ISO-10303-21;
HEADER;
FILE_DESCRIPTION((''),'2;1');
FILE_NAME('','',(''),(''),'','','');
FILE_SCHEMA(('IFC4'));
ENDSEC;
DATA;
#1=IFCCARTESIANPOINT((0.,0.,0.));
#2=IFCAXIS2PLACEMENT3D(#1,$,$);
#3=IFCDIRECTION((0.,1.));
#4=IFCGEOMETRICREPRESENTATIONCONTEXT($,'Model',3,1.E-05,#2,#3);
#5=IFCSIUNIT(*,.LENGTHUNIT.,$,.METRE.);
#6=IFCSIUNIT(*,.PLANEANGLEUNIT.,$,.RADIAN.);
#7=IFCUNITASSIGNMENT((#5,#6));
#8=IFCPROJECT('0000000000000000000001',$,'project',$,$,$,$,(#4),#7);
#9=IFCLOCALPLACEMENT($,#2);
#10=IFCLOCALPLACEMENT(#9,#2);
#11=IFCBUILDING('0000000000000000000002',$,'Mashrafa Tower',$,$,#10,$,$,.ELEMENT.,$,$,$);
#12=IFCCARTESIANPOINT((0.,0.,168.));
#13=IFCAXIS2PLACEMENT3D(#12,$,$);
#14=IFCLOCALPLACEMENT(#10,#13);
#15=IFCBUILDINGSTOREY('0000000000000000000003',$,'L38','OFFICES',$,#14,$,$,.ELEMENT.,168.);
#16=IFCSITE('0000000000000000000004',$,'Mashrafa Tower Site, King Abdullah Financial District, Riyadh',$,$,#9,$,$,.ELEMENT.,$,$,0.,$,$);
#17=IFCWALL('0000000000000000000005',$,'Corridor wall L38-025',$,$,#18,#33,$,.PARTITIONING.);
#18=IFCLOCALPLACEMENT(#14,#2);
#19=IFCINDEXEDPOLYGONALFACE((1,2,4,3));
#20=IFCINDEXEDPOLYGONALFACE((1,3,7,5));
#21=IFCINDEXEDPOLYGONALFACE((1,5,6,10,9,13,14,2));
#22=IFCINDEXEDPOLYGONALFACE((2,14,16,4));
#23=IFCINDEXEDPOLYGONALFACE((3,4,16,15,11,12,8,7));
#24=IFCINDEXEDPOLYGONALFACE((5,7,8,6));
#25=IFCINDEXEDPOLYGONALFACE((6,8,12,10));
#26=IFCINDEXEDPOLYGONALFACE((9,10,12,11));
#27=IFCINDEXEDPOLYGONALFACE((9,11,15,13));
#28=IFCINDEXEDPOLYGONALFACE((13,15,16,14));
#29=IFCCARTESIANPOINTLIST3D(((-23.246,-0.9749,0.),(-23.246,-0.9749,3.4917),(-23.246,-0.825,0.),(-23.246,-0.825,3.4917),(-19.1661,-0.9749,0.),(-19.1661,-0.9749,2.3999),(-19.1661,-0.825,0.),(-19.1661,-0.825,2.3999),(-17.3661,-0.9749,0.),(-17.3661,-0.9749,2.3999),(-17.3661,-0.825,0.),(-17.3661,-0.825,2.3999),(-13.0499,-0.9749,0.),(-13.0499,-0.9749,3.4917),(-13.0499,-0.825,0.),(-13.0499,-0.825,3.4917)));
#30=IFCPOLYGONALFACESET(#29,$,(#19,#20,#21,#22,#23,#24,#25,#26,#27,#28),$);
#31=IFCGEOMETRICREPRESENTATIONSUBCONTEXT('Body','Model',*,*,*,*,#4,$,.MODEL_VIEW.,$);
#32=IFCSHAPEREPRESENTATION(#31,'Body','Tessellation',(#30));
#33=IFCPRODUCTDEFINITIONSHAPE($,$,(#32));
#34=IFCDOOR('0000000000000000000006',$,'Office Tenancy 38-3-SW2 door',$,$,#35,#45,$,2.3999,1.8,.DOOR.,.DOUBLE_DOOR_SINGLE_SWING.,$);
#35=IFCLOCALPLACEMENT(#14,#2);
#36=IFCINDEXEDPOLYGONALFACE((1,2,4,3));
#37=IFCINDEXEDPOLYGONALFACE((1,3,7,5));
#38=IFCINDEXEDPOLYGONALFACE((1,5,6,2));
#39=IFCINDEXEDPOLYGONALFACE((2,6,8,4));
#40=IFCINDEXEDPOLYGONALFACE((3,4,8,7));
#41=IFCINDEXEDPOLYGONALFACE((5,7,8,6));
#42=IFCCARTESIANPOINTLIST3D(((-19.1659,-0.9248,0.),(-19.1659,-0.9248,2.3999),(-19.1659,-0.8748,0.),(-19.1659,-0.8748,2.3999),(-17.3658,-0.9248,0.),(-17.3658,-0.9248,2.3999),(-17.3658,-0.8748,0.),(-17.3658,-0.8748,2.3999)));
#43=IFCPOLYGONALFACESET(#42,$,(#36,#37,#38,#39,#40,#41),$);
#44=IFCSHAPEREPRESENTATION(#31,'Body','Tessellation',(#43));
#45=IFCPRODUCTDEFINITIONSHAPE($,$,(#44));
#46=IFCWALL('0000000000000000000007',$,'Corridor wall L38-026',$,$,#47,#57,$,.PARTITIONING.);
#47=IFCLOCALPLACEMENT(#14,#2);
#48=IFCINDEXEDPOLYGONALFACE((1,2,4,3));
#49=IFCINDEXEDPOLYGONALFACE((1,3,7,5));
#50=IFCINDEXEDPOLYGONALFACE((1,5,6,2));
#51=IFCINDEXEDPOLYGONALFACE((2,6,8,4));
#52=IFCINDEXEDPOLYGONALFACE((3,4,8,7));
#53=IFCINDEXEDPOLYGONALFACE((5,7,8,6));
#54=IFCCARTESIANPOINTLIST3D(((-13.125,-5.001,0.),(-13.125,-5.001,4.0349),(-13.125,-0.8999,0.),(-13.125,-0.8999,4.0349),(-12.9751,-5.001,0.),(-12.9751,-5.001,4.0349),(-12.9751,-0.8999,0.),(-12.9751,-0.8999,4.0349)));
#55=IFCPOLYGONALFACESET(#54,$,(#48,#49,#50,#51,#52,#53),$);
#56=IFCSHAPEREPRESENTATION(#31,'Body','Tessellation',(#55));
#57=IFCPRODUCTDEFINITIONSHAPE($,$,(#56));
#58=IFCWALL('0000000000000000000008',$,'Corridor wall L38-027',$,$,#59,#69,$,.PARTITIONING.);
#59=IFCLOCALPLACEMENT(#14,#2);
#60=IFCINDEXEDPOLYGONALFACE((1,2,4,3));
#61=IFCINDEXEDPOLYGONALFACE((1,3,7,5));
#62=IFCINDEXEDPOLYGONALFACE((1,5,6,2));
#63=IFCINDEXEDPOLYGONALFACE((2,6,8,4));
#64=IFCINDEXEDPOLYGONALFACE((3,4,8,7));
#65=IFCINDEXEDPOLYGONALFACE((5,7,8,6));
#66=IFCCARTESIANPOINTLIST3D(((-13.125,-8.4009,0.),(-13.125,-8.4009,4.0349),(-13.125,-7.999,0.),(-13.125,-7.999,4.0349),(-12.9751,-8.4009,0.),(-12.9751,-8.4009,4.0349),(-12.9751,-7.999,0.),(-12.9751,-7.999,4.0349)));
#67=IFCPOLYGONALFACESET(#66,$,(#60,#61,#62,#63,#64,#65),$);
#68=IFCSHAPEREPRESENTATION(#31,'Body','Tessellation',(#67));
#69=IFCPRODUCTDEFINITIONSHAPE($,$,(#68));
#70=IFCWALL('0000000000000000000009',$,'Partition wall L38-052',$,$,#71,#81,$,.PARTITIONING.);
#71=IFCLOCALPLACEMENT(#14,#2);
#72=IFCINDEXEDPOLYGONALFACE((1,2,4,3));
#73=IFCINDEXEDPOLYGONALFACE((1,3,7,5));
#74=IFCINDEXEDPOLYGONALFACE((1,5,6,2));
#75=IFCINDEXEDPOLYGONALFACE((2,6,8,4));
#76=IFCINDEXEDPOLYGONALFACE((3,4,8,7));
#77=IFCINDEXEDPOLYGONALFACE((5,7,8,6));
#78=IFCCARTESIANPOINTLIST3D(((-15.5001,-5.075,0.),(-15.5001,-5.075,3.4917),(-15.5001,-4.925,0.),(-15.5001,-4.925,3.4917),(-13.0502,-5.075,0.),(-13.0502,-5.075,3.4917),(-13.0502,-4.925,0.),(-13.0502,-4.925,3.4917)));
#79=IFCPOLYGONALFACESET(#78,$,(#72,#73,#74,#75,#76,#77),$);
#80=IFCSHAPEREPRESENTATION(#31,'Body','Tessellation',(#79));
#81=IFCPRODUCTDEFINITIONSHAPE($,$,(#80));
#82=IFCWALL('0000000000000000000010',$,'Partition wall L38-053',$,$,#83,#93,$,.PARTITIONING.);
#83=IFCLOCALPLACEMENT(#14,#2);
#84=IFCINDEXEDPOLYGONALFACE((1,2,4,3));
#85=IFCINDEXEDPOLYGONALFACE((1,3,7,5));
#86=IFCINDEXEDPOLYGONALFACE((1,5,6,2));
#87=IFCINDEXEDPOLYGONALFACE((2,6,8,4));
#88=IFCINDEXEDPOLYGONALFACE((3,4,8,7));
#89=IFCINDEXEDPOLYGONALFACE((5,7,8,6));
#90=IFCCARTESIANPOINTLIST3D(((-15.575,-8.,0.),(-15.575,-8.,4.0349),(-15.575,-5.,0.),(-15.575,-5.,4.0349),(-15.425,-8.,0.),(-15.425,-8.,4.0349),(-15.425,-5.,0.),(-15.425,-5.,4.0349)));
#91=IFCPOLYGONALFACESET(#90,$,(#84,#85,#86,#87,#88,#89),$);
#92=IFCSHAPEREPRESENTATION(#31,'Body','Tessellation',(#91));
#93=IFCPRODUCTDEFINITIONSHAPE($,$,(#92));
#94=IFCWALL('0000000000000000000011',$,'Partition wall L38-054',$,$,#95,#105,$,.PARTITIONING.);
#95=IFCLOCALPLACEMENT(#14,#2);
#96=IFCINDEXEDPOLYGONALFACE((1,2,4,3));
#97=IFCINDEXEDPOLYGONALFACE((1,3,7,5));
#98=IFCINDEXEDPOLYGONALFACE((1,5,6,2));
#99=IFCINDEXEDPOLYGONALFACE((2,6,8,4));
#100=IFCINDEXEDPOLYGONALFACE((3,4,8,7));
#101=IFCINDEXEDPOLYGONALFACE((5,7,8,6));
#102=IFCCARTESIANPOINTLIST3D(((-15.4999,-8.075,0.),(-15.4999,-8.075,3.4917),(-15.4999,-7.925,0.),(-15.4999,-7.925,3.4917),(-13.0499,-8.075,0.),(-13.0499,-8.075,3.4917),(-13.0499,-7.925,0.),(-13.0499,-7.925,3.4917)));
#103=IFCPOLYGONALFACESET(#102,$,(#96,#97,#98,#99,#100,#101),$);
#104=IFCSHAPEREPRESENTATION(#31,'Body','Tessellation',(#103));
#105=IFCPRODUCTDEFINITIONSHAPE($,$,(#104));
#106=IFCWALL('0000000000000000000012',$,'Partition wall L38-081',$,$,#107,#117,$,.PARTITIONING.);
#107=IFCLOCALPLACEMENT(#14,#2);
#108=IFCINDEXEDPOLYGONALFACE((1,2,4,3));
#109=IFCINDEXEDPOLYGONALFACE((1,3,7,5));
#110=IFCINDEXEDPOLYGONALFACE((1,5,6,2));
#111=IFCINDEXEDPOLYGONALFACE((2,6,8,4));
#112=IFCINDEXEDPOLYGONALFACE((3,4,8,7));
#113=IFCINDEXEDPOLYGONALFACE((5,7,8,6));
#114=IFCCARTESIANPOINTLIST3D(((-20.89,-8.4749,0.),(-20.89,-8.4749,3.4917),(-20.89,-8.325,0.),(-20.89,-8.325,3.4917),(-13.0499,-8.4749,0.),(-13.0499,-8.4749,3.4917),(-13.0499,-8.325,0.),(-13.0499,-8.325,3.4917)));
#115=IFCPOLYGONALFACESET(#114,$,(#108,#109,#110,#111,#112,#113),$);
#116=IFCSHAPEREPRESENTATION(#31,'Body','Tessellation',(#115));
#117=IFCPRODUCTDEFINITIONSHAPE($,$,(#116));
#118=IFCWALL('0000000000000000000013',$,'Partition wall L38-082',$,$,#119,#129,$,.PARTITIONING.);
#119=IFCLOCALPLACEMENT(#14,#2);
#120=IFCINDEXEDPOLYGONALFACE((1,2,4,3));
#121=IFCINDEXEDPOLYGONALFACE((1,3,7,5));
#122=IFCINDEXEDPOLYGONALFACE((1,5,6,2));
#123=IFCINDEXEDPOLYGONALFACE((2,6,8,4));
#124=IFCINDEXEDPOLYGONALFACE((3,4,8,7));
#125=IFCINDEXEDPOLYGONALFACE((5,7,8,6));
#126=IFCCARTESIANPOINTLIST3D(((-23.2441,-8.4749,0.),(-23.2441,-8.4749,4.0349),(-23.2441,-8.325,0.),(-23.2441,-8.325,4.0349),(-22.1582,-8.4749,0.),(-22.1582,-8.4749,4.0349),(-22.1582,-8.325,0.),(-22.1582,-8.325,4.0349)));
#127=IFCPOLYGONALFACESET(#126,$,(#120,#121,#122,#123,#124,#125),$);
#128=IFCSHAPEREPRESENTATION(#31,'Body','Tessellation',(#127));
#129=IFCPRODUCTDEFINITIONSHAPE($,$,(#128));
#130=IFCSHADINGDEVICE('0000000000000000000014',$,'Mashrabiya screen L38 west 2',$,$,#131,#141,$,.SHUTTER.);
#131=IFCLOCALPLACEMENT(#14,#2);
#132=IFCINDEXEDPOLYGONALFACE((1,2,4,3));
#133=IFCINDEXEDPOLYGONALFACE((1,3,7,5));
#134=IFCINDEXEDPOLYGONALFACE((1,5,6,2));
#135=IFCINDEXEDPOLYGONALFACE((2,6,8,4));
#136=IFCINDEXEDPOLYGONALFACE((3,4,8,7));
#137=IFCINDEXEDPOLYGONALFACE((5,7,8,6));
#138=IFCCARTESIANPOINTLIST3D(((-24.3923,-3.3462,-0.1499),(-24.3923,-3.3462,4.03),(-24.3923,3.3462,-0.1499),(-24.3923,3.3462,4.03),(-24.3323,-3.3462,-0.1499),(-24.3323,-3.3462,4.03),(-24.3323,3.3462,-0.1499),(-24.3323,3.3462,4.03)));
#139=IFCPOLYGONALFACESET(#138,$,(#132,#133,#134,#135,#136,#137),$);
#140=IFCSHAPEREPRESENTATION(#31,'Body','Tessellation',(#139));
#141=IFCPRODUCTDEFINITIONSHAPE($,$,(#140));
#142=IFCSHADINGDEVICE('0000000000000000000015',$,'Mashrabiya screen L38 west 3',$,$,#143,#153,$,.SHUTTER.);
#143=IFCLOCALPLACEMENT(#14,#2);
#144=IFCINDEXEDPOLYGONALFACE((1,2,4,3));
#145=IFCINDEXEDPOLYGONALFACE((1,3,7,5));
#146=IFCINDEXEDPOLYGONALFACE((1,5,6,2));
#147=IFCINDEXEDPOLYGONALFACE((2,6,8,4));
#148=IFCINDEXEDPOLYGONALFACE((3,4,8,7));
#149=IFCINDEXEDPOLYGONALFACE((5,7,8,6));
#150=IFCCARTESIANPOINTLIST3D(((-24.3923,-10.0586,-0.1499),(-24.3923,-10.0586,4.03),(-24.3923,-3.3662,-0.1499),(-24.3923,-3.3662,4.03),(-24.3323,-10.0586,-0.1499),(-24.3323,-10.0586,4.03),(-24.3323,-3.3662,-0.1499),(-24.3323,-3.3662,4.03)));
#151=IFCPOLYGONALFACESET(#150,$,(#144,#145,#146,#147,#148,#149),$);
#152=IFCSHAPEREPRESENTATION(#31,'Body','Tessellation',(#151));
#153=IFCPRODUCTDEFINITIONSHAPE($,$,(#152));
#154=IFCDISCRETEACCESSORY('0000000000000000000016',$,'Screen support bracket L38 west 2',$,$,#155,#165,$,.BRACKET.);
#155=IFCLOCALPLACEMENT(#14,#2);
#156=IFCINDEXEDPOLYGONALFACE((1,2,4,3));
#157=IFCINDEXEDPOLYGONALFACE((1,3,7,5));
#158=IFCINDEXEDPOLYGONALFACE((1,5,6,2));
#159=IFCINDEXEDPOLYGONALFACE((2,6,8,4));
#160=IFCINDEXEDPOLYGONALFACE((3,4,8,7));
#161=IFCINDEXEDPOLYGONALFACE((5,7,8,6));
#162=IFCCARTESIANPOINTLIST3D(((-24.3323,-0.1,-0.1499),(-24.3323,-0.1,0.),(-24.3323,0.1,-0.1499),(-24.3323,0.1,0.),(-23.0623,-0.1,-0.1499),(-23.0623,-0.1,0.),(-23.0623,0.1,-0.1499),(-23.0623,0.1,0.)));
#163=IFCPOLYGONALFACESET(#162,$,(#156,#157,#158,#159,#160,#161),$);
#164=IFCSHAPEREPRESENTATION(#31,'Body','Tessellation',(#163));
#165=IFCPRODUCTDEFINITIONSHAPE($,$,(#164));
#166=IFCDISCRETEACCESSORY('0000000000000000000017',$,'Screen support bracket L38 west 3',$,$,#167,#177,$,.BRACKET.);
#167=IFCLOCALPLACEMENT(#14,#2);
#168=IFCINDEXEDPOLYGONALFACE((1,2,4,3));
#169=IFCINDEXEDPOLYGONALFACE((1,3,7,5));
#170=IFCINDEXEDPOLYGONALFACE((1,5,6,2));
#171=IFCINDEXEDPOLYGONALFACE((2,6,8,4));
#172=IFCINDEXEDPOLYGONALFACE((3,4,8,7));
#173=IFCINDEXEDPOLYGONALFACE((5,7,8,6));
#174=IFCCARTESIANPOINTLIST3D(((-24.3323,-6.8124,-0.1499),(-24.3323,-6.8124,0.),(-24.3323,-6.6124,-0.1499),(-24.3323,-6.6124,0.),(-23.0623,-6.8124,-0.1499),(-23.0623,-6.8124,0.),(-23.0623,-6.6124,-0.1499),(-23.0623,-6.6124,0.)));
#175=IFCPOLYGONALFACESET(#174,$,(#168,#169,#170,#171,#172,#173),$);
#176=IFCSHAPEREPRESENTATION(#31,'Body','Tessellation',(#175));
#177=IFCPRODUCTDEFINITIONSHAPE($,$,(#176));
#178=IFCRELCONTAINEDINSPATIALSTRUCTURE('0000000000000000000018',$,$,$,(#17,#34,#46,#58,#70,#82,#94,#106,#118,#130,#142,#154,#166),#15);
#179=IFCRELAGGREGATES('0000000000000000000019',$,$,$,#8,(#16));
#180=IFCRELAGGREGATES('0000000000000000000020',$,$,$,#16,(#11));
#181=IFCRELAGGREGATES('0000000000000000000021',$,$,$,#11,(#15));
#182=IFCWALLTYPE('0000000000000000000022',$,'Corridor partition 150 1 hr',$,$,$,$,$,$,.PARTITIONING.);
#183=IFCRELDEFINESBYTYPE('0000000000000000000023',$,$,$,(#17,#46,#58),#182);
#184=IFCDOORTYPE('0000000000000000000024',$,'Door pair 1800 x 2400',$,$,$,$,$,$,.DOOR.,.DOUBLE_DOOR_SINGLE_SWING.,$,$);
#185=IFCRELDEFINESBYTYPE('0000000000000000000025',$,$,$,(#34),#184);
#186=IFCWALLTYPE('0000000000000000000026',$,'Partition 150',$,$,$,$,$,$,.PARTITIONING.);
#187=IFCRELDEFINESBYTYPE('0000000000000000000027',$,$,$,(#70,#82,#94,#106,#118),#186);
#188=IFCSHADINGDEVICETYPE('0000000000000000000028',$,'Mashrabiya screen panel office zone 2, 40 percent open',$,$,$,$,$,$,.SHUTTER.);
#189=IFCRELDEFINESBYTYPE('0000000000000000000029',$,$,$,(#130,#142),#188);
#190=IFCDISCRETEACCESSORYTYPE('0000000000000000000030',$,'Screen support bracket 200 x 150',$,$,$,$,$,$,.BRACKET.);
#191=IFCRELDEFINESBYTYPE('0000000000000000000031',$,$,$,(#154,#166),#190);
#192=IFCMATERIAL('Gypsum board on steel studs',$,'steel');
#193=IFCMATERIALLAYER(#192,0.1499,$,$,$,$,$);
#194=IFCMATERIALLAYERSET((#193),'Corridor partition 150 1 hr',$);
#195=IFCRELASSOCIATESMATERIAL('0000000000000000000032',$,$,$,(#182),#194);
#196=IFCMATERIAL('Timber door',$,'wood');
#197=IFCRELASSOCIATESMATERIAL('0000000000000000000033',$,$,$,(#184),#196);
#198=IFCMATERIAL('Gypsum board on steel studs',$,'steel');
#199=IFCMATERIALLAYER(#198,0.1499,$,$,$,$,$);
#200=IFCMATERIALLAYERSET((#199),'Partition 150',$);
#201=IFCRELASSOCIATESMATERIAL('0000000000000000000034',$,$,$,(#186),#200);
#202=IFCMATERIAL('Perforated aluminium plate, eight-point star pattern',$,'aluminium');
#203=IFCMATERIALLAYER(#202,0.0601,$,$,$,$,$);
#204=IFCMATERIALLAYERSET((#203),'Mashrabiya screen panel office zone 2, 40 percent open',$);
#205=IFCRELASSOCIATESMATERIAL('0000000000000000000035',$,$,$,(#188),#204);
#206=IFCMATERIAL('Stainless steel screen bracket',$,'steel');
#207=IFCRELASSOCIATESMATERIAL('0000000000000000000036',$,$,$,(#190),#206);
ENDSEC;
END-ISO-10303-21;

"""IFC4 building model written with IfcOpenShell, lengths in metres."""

from ifc_helpers import new_model, si_unit, direction, frame, frame_2d, origin, origin_2d, place, context, subcontext, project, spatial, rectangle, extrude, source, transform, mapped, material, layer, layer_set, type_object, type_shapes, element, fill, save


model = new_model("IFC4")

# Units and contexts
model_context = context("Model", 3, precision=1e-05, world=origin(), true_north=direction((0.0, 1.0)))
body_context = subcontext(model_context, "Body", "Model", "MODEL_VIEW")
ifc_project = project(units=[si_unit("LENGTHUNIT", "METRE"), si_unit("PLANEANGLEUNIT", "RADIAN")], contexts=[model_context])

# Site, building, storey
site_placement = place(None, origin())
site = spatial("IfcSite", under=ifc_project, at=site_placement, Name="Mashrafa Tower Site, King Abdullah Financial District, Riyadh", CompositionType="ELEMENT", RefElevation=0.0)
building_placement = place(site_placement, origin())
building = spatial("IfcBuilding", under=site, at=building_placement, Name="Mashrafa Tower", CompositionType="ELEMENT")
storey_placement = place(building_placement, frame((0.0, 0.0, 168.0)))
storey = spatial("IfcBuildingStorey", under=building, at=storey_placement, Name="L38", Description="OFFICES", CompositionType="ELEMENT", Elevation=168.0)

# Shared definitions
ifc_material_1 = material(Name="Gypsum board on steel studs", Category="steel")
ifc_layer_1 = layer(ifc_material_1, 0.1499)
ifc_layer_set_1 = layer_set([ifc_layer_1], Name="Corridor partition 150 1 hr")
wall_type_1 = type_object("IfcWallType", Name="Corridor partition 150 1 hr", PredefinedType="PARTITIONING", material=ifc_layer_set_1)

# Wall, opening, door
wall_1_placement = place(storey_placement, frame((-23.2461, -0.8999, 0.0), z_axis=(0.0, 0.0, 1.0), x_axis=(1.0, 0.0, 0.0)))
wall_1 = element("IfcWall", 1, at=wall_1_placement, inside=storey, type_object=wall_type_1, Name="Corridor wall L38-025", PredefinedType="PARTITIONING", context=body_context, shape_type="SweptSolid", body=[
    extrude(rectangle(XDim=10.196, YDim=0.1499, at=frame_2d((5.0981, 0.0))), origin(), (0.0, 0.0, 1.0), 3.4917),
])
opening_1_placement = place(wall_1_placement, frame((4.0801, 0.0, 0.0)))
opening_1 = element("IfcOpeningElement", 2, at=opening_1_placement, cuts=wall_1, PredefinedType="OPENING", context=body_context, shape_type="SweptSolid", body=[
    extrude(rectangle(XDim=1.8, YDim=2.3999, at=frame_2d((0.8999, 1.2))), frame((0.0, 0.085, 0.0), z_axis=(0.0, -1.0, 0.0), x_axis=(1.0, 0.0, 0.0)), (0.0, 0.0, 1.0), 0.1699),
])
ifc_material_2 = material(Name="Timber door", Category="wood")
door_type_1 = type_object("IfcDoorType", Name="Door pair 1800 x 2400", OperationType="DOUBLE_DOOR_SINGLE_SWING", PredefinedType="DOOR", material=ifc_material_2)
door_1_placement = place(opening_1_placement, frame((1.8, 0.0, 0.0), z_axis=(0.0, 0.0, 1.0), x_axis=(-1.0, 0.0, 0.0)))
door_1 = element("IfcDoor", 3, at=door_1_placement, inside=storey, type_object=door_type_1, Name="Office Tenancy 38-3-SW2 door", OperationType="DOUBLE_DOOR_SINGLE_SWING", OverallHeight=2.3999, OverallWidth=1.8, PredefinedType="DOOR", context=body_context, shape_type="SweptSolid", body=[
    extrude(rectangle(XDim=1.8, YDim=2.3999, at=frame_2d((0.8999, 1.2))), frame((0.0, 0.0249, 0.0), z_axis=(0.0, -1.0, 0.0), x_axis=(1.0, 0.0, 0.0)), (0.0, 0.0, 1.0), 0.05),
])
fill(opening_1, door_1)

# Walls
wall_2_placement = place(storey_placement, frame((-13.05, -0.8999, 0.0), z_axis=(0.0, 0.0, 1.0), x_axis=(0.0, -1.0, 0.0)))
element("IfcWall", 4, at=wall_2_placement, inside=storey, type_object=wall_type_1, Name="Corridor wall L38-026", PredefinedType="PARTITIONING", context=body_context, shape_type="SweptSolid", body=[
    extrude(rectangle(XDim=4.1011, YDim=0.1499, at=frame_2d((2.0505, 0.0))), origin(), (0.0, 0.0, 1.0), 4.0349),
])
wall_3_placement = place(storey_placement, frame((-13.05, -7.999, 0.0), z_axis=(0.0, 0.0, 1.0), x_axis=(0.0, -1.0, 0.0)))
element("IfcWall", 5, at=wall_3_placement, inside=storey, type_object=wall_type_1, Name="Corridor wall L38-027", PredefinedType="PARTITIONING", context=body_context, shape_type="SweptSolid", body=[
    extrude(rectangle(XDim=0.4019, YDim=0.1499, at=frame_2d((0.2009, 0.0))), origin(), (0.0, 0.0, 1.0), 4.0349),
])
ifc_material_3 = material(Name="Gypsum board on steel studs", Category="steel")
ifc_layer_2 = layer(ifc_material_3, 0.1499)
ifc_layer_set_2 = layer_set([ifc_layer_2], Name="Partition 150")
wall_type_2 = type_object("IfcWallType", Name="Partition 150", PredefinedType="PARTITIONING", material=ifc_layer_set_2)
wall_4_placement = place(storey_placement, frame((-13.05, -5.0, 0.0), z_axis=(0.0, 0.0, 1.0), x_axis=(-1.0, 0.0, 0.0)))
element("IfcWall", 6, at=wall_4_placement, inside=storey, type_object=wall_type_2, Name="Partition wall L38-052", PredefinedType="PARTITIONING", context=body_context, shape_type="SweptSolid", body=[
    extrude(rectangle(XDim=2.45, YDim=0.1499, at=frame_2d((1.2251, 0.0))), origin(), (0.0, 0.0, 1.0), 3.4917),
])
wall_5_placement = place(storey_placement, frame((-15.5, -5.0, 0.0), z_axis=(0.0, 0.0, 1.0), x_axis=(0.0, -1.0, 0.0)))
element("IfcWall", 7, at=wall_5_placement, inside=storey, type_object=wall_type_2, Name="Partition wall L38-053", PredefinedType="PARTITIONING", context=body_context, shape_type="SweptSolid", body=[
    extrude(rectangle(XDim=3.0, YDim=0.1499, at=frame_2d((1.5, 0.0))), origin(), (0.0, 0.0, 1.0), 4.0349),
])
wall_6_placement = place(storey_placement, frame((-15.5, -8.0, 0.0), z_axis=(0.0, 0.0, 1.0), x_axis=(1.0, 0.0, 0.0)))
element("IfcWall", 8, at=wall_6_placement, inside=storey, type_object=wall_type_2, Name="Partition wall L38-054", PredefinedType="PARTITIONING", context=body_context, shape_type="SweptSolid", body=[
    extrude(rectangle(XDim=2.45, YDim=0.1499, at=frame_2d((1.2251, 0.0))), origin(), (0.0, 0.0, 1.0), 3.4917),
])
wall_7_placement = place(storey_placement, frame((-13.05, -8.3999, 0.0), z_axis=(0.0, 0.0, 1.0), x_axis=(-1.0, 0.0, 0.0)))
element("IfcWall", 9, at=wall_7_placement, inside=storey, type_object=wall_type_2, Name="Partition wall L38-081", PredefinedType="PARTITIONING", context=body_context, shape_type="SweptSolid", body=[
    extrude(rectangle(XDim=7.8401, YDim=0.1499, at=frame_2d((3.9199, 0.0))), origin(), (0.0, 0.0, 1.0), 3.4917),
])
wall_8_placement = place(storey_placement, frame((-22.1582, -8.3999, 0.0), z_axis=(0.0, 0.0, 1.0), x_axis=(-1.0, 0.0, 0.0)))
element("IfcWall", 10, at=wall_8_placement, inside=storey, type_object=wall_type_2, Name="Partition wall L38-082", PredefinedType="PARTITIONING", context=body_context, shape_type="SweptSolid", body=[
    extrude(rectangle(XDim=1.0859, YDim=0.1499, at=frame_2d((0.543, 0.0))), origin(), (0.0, 0.0, 1.0), 4.0349),
])

# Shading devices
ifc_material_4 = material(Name="Perforated aluminium plate, eight-point star pattern", Category="aluminium")
ifc_layer_3 = layer(ifc_material_4, 0.0601)
ifc_layer_set_3 = layer_set([ifc_layer_3], Name="Mashrabiya screen panel office zone 2, 40 percent open")
shading_device_type = type_object("IfcShadingDeviceType", Name="Mashrabiya screen panel office zone 2, 40 percent open", PredefinedType="SHUTTER", material=ifc_layer_set_3)
shared_shape_1 = source(origin(), body_context, "Body", "SweptSolid", [
    extrude(rectangle(XDim=6.6924, YDim=0.0601, at=origin_2d()), origin(), (0.0, 0.0, 1.0), 4.1799),
])
type_shapes(shading_device_type, [shared_shape_1])
for number, where, z_axis, x_axis, name in (
    (11, (-24.3623, 0.0, -0.1499), (0.0, 0.0, 1.0), (0.0, -1.0, 0.0), "Mashrabiya screen L38 west 2"),
    (12, (-24.3623, -6.7124, -0.1499), (0.0, 0.0, 1.0), (0.0, -1.0, 0.0), "Mashrabiya screen L38 west 3"),
):
    element("IfcShadingDevice", number, at=place(storey_placement, frame(where, z_axis=z_axis, x_axis=x_axis)), inside=storey, type_object=shading_device_type, Name=name, PredefinedType="SHUTTER", context=body_context, shape_type="MappedRepresentation", body=[
        mapped(shared_shape_1, transform((0.0, 0.0, 0.0))),
    ])

# Discrete accessories
ifc_material_5 = material(Name="Stainless steel screen bracket", Category="steel")
discrete_accessory_type = type_object("IfcDiscreteAccessoryType", Name="Screen support bracket 200 x 150", PredefinedType="BRACKET", material=ifc_material_5)
shared_shape_2 = source(origin(), body_context, "Body", "SweptSolid", [
    extrude(rectangle(XDim=0.2, YDim=1.27, at=origin_2d()), origin(), (0.0, 0.0, 1.0), 0.1499),
])
type_shapes(discrete_accessory_type, [shared_shape_2])
for number, where, z_axis, x_axis, name in (
    (13, (-23.6973, 0.0, -0.1499), (0.0, 0.0, 1.0), (0.0, -1.0, 0.0), "Screen support bracket L38 west 2"),
    (14, (-23.6973, -6.7124, -0.1499), (0.0, 0.0, 1.0), (0.0, -1.0, 0.0), "Screen support bracket L38 west 3"),
):
    element("IfcDiscreteAccessory", number, at=place(storey_placement, frame(where, z_axis=z_axis, x_axis=x_axis)), inside=storey, type_object=discrete_accessory_type, Name=name, PredefinedType="BRACKET", context=body_context, shape_type="MappedRepresentation", body=[
        mapped(shared_shape_2, transform((0.0, 0.0, 0.0))),
    ])

save(model, "model.ifc")
